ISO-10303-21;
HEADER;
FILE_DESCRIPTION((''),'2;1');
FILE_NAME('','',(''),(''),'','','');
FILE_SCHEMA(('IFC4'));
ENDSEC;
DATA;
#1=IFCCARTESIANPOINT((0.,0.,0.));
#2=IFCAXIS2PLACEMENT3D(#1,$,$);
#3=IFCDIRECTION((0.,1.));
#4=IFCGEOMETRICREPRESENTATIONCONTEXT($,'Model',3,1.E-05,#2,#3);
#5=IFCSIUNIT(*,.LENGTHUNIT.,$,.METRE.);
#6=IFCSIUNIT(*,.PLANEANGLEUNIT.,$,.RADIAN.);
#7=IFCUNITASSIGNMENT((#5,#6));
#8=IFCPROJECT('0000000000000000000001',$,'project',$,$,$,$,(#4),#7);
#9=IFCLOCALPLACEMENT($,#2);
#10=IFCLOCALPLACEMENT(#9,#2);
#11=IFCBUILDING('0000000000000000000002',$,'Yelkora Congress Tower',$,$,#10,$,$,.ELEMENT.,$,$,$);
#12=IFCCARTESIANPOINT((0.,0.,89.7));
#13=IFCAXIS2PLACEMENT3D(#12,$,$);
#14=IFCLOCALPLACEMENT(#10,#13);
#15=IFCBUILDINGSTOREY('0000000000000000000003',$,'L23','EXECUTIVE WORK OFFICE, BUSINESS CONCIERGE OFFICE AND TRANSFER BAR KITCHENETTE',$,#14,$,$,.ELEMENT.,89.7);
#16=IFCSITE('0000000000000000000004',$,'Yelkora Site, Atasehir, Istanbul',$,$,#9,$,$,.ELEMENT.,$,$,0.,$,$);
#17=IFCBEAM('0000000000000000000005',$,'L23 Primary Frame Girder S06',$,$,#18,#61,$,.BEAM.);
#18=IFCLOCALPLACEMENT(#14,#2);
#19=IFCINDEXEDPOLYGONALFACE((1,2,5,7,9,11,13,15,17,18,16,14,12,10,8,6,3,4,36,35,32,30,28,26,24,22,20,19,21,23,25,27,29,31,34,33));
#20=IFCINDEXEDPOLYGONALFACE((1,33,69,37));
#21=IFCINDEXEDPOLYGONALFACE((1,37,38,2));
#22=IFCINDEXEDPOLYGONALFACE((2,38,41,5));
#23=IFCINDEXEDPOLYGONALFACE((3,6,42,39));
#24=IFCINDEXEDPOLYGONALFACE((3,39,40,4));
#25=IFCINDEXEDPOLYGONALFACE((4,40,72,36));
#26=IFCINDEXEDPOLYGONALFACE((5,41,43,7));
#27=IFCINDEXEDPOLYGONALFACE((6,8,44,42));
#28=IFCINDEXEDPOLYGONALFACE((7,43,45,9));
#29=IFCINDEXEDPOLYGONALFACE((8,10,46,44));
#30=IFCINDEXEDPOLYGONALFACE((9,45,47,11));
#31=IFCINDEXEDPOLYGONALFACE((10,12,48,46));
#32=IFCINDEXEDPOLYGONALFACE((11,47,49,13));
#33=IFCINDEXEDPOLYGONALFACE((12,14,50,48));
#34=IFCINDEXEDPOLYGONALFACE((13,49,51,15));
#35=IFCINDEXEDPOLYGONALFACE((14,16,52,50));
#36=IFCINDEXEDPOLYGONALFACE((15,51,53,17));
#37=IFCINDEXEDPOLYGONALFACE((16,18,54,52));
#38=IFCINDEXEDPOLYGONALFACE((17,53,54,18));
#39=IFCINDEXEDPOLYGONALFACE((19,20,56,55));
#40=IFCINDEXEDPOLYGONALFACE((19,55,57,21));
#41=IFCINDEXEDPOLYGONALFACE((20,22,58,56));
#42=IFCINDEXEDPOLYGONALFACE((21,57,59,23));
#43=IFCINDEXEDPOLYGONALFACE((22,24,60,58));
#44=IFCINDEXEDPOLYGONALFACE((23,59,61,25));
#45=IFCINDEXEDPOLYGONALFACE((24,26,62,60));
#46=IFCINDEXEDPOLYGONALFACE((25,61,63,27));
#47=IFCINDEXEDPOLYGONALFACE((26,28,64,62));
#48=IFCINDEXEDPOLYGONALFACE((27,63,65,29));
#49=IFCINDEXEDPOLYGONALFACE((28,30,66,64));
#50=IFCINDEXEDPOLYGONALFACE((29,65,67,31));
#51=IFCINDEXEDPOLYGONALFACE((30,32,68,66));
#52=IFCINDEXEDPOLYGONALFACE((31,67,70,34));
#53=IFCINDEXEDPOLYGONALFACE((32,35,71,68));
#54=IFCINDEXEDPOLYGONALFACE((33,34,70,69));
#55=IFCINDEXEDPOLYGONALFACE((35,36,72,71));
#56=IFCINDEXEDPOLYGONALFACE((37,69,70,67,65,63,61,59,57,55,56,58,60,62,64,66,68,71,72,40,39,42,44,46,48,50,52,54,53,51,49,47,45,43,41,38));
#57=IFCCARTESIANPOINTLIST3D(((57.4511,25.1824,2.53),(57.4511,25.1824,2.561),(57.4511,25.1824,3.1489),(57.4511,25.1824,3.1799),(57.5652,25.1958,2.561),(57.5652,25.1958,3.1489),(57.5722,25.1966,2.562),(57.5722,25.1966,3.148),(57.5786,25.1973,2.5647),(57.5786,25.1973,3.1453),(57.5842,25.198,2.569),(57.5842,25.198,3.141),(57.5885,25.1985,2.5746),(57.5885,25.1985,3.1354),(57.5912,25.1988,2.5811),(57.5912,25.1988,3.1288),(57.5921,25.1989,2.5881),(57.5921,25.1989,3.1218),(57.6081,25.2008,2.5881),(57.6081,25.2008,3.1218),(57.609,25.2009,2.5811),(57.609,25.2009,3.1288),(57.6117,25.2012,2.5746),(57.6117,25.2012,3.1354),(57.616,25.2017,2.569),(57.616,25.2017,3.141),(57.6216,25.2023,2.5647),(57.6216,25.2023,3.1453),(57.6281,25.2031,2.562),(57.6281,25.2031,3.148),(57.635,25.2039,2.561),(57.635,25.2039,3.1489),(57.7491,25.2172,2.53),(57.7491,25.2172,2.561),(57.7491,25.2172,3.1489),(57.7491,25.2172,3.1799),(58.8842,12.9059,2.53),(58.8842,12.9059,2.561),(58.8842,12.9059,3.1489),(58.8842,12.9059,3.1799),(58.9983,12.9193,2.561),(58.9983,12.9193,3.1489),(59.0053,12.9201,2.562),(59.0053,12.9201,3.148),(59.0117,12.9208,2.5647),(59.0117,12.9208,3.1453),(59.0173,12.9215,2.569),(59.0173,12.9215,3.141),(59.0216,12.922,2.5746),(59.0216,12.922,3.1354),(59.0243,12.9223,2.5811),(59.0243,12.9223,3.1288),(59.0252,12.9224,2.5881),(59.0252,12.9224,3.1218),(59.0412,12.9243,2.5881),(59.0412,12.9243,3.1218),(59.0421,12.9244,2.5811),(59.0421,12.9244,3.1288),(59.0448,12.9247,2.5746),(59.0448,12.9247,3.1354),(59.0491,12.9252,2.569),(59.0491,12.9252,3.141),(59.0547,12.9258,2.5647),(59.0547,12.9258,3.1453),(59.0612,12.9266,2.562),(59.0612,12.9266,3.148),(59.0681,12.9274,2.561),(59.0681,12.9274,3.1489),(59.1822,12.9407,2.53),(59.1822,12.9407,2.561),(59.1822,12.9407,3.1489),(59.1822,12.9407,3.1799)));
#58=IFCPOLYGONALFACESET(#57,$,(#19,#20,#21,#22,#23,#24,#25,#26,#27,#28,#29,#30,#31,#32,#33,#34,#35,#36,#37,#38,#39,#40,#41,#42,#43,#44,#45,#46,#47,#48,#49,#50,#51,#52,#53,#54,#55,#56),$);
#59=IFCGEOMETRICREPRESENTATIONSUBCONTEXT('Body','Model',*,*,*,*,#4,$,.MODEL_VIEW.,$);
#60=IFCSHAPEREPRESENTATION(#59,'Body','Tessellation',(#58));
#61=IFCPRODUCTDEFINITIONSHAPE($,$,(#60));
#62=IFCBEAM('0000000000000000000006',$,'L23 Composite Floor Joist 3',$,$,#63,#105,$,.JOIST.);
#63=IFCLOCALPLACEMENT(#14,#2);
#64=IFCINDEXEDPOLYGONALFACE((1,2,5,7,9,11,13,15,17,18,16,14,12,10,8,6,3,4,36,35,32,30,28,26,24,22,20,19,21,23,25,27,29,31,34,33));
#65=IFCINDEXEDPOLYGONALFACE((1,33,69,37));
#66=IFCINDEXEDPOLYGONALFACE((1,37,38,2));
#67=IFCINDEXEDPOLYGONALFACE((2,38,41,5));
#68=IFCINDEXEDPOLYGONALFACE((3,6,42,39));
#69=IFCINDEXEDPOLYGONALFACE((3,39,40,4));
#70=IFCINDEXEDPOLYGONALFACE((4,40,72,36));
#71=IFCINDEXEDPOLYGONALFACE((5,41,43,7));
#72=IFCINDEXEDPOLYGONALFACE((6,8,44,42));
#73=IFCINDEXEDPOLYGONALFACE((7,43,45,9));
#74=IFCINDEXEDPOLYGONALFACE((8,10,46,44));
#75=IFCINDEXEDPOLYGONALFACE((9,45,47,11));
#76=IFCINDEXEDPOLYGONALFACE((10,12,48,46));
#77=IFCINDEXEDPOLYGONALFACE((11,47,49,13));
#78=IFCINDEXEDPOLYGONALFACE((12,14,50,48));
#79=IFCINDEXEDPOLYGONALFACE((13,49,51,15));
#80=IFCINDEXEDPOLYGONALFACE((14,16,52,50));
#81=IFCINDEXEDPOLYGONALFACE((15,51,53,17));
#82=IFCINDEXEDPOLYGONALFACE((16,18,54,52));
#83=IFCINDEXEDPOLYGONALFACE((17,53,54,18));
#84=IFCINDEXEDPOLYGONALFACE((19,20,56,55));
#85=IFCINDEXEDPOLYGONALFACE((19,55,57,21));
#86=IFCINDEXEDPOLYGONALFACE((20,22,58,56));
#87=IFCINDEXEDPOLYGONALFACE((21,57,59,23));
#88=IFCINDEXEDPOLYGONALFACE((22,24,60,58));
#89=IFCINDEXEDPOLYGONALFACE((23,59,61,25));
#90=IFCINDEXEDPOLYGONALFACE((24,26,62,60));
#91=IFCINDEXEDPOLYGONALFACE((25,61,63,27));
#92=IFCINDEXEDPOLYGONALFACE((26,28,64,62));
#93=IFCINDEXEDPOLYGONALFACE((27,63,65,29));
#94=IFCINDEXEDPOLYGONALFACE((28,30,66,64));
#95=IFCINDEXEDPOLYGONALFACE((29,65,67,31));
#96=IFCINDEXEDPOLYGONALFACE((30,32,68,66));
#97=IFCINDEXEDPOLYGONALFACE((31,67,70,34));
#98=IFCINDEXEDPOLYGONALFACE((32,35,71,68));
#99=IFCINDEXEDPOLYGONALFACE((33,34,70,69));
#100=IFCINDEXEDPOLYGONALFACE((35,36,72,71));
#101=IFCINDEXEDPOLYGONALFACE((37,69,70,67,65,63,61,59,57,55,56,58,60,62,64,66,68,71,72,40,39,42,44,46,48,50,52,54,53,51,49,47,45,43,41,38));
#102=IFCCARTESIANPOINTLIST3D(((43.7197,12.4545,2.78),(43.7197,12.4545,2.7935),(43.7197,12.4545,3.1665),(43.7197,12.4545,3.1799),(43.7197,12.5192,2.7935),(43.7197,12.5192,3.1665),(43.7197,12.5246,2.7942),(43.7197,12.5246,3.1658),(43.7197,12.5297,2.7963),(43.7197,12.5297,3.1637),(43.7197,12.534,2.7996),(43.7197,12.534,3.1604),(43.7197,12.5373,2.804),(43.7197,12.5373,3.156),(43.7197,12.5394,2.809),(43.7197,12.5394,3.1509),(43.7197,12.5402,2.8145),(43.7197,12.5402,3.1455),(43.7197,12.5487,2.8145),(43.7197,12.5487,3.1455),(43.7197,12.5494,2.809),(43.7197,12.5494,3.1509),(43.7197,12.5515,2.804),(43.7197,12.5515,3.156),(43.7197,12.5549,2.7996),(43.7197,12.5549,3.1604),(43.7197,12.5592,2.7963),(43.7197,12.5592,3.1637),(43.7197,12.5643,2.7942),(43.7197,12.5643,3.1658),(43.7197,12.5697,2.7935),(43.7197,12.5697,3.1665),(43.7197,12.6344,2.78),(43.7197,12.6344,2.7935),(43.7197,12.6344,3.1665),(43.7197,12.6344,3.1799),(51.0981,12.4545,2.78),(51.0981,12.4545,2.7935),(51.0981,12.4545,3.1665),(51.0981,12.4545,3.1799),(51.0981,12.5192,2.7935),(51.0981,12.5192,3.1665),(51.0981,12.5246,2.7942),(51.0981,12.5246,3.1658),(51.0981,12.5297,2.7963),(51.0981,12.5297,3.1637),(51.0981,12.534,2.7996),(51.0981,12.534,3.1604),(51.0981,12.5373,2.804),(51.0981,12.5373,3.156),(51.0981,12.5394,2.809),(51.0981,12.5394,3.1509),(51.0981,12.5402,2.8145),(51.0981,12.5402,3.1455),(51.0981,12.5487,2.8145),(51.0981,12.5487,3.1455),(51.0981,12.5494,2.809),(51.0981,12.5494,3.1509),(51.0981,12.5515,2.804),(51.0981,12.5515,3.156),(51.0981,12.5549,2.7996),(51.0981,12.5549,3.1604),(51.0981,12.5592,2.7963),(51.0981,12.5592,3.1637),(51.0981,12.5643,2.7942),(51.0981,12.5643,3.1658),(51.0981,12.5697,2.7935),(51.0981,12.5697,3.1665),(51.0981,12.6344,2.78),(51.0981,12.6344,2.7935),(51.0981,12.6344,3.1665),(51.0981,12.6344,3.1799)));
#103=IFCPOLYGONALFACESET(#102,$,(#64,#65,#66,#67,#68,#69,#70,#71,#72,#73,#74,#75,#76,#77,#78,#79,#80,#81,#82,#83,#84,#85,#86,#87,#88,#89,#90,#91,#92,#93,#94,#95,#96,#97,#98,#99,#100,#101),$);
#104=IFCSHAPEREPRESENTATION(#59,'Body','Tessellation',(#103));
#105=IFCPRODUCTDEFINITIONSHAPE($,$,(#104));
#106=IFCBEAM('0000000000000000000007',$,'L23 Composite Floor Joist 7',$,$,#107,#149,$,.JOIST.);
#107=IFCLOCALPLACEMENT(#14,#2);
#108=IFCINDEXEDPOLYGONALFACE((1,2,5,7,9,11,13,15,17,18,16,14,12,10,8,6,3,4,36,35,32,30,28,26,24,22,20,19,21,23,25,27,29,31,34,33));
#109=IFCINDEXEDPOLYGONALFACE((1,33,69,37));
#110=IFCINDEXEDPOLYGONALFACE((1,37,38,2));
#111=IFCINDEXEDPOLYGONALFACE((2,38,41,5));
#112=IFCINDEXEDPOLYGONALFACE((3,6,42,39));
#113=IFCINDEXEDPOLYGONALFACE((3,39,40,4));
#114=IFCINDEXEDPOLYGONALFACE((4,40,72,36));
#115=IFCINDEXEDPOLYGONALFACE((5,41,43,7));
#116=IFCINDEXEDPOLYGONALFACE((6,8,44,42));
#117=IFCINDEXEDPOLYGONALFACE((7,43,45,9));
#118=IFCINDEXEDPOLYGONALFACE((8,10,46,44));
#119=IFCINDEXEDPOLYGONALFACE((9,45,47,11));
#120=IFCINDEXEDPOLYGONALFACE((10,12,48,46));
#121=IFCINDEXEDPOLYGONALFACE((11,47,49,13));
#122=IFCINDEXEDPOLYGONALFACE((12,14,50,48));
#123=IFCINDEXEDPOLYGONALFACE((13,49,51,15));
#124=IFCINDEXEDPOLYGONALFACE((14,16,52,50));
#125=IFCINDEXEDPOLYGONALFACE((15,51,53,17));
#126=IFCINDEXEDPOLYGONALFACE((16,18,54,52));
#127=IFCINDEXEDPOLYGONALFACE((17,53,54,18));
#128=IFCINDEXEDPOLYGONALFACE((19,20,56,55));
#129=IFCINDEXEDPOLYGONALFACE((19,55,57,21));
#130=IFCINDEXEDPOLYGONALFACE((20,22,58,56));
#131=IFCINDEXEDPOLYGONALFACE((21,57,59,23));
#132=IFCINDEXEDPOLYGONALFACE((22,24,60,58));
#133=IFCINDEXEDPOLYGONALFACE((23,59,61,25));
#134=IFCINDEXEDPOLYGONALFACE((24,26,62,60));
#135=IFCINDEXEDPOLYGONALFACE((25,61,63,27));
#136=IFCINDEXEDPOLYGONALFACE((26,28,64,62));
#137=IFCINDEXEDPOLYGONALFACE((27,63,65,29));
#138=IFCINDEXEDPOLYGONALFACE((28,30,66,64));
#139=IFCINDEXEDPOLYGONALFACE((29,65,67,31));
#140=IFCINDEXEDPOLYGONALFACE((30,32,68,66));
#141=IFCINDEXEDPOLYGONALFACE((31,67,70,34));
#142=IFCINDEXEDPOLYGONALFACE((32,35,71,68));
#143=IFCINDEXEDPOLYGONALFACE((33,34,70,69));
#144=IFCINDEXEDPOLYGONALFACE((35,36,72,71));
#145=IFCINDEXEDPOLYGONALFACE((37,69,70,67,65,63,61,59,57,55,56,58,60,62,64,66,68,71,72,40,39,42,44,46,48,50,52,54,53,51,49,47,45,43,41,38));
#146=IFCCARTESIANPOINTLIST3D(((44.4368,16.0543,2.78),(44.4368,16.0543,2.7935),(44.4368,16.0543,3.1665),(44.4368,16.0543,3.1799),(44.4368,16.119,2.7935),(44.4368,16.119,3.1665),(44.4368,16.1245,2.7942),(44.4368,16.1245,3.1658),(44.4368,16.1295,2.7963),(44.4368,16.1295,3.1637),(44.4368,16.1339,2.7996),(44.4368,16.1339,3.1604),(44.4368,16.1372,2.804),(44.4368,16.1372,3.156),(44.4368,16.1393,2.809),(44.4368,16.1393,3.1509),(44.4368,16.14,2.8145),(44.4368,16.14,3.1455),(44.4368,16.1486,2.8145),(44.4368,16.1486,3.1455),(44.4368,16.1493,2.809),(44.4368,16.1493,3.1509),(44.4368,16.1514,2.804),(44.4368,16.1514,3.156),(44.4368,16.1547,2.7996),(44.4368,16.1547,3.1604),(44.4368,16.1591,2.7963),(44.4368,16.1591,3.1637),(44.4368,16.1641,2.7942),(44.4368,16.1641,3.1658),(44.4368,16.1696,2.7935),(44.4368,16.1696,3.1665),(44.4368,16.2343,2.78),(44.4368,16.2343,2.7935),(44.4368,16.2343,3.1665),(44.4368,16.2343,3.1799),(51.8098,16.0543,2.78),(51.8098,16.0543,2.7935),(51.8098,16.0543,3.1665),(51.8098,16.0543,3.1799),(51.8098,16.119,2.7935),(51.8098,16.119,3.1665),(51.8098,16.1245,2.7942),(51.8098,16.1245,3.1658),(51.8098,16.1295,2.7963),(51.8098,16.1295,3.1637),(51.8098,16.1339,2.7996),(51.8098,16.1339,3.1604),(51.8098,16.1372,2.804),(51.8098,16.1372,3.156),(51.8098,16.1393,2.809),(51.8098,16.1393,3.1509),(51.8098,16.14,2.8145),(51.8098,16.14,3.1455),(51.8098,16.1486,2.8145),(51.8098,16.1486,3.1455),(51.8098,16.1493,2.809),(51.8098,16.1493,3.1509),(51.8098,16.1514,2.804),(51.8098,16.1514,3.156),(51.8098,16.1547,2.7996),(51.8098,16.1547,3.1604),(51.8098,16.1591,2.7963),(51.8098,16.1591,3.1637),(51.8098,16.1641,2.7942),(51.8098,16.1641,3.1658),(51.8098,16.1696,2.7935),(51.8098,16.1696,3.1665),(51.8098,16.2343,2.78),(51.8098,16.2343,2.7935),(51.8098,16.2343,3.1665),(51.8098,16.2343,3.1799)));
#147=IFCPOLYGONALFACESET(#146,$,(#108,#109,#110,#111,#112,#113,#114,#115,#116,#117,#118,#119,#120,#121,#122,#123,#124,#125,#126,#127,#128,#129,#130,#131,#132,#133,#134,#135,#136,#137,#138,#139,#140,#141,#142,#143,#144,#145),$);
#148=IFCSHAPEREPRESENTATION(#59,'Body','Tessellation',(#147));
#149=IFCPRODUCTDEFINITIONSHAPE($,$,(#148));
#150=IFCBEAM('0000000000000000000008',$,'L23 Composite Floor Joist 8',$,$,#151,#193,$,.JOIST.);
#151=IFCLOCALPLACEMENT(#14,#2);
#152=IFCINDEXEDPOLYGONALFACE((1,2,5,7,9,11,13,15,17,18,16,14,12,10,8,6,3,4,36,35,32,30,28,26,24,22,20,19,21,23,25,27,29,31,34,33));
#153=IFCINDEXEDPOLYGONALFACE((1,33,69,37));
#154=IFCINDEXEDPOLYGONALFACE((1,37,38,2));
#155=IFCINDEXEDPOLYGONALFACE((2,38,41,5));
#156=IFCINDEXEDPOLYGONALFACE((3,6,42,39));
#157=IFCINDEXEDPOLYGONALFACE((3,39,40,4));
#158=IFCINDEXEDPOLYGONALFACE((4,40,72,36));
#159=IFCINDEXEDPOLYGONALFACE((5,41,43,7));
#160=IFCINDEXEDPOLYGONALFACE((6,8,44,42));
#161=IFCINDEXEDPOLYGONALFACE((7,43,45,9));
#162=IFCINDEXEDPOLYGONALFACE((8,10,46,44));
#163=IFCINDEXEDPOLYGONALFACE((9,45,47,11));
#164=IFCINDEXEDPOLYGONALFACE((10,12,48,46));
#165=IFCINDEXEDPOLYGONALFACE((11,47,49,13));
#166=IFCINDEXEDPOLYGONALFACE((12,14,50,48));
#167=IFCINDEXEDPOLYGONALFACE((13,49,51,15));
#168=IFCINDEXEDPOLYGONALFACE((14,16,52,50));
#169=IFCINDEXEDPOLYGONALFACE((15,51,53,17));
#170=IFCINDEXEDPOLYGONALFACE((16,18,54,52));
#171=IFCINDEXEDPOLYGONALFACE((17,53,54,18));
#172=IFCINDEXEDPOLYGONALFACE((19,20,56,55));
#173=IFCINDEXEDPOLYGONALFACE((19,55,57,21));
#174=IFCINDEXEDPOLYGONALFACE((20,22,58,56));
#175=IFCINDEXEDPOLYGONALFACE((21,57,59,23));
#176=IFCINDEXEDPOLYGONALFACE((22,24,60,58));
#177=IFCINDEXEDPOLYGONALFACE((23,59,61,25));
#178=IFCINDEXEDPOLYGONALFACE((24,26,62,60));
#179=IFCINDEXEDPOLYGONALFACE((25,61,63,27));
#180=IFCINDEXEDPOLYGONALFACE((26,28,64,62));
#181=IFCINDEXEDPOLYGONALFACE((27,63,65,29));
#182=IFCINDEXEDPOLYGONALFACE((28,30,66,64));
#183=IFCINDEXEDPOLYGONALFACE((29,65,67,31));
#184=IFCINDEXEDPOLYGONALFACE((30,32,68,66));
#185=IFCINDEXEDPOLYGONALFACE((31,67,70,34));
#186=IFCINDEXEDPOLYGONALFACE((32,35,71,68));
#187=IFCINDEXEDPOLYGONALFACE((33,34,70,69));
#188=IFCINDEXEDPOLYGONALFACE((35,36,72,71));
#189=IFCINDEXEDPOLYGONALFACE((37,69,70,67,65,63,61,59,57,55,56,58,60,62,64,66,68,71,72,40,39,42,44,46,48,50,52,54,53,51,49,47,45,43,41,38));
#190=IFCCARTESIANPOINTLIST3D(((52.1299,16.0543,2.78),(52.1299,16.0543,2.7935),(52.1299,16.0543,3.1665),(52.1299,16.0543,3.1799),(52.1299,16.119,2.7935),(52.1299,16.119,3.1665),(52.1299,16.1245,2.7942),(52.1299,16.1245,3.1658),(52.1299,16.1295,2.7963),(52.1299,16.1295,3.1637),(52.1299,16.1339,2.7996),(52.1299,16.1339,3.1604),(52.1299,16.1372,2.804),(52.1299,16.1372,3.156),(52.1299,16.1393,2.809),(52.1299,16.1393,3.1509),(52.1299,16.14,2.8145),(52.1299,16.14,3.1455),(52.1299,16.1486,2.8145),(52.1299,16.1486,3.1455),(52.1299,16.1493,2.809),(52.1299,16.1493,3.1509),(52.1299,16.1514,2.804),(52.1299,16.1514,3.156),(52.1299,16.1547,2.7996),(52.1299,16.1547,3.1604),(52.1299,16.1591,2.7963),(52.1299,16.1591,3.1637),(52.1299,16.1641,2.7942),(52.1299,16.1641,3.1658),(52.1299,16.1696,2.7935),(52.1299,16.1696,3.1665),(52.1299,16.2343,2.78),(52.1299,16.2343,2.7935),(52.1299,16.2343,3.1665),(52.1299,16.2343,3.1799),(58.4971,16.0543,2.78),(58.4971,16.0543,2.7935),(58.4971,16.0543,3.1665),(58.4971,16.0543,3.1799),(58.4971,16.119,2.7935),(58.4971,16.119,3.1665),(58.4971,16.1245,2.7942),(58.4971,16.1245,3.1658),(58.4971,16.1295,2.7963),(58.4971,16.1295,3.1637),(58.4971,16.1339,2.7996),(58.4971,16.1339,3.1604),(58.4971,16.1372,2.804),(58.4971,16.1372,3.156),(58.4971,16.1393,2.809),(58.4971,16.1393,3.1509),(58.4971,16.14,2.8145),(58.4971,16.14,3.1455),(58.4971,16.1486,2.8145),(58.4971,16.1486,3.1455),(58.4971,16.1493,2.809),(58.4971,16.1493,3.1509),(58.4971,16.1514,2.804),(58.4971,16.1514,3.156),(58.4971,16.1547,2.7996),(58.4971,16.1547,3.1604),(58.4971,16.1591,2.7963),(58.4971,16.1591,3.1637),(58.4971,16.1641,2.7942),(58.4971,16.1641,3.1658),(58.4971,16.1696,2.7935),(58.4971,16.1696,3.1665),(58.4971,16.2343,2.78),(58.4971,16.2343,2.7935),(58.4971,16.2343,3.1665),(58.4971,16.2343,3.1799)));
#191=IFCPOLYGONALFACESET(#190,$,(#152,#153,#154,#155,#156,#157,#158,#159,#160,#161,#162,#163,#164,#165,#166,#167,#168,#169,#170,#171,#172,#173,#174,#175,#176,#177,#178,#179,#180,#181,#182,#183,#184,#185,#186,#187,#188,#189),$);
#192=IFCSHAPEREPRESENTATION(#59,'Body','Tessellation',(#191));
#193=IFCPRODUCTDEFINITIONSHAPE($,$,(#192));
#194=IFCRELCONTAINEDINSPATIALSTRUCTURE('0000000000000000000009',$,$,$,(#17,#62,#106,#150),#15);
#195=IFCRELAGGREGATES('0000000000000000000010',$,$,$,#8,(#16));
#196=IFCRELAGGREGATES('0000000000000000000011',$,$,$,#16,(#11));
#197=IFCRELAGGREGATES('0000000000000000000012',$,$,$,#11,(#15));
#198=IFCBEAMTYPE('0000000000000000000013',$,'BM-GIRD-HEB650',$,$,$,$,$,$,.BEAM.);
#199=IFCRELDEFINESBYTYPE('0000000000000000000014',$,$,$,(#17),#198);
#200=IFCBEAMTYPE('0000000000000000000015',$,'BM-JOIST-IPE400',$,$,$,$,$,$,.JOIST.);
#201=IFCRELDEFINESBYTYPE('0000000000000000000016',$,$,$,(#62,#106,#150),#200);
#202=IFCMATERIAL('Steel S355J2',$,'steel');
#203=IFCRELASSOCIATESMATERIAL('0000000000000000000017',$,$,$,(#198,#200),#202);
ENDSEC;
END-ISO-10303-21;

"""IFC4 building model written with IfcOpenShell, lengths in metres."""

from ifc_helpers import new_model, si_unit, direction, frame, origin, origin_2d, place, context, subcontext, project, spatial, i_section, extrude, material, material_profile, profile_set, type_object, element, save


model = new_model("IFC4")

# Units and contexts
model_context = context("Model", 3, precision=1e-05, world=origin(), true_north=direction((0.0, 1.0)))
body_context = subcontext(model_context, "Body", "Model", "MODEL_VIEW")
ifc_project = project(units=[si_unit("LENGTHUNIT", "METRE"), si_unit("PLANEANGLEUNIT", "RADIAN")], contexts=[model_context])

# Site, building, storey
site_placement = place(None, origin())
site = spatial("IfcSite", under=ifc_project, at=site_placement, Name="Yelkora Site, Atasehir, Istanbul", CompositionType="ELEMENT", RefElevation=0.0)
building_placement = place(site_placement, origin())
building = spatial("IfcBuilding", under=site, at=building_placement, Name="Yelkora Congress Tower", CompositionType="ELEMENT")
storey_placement = place(building_placement, frame((0.0, 0.0, 89.7)))
storey = spatial("IfcBuildingStorey", under=building, at=storey_placement, Name="L23", Description="EXECUTIVE WORK OFFICE, BUSINESS CONCIERGE OFFICE AND TRANSFER BAR KITCHENETTE", CompositionType="ELEMENT", Elevation=89.7)

# Beams
ifc_material_1 = material(Name="Steel S355J2", Category="steel")
ifc_material_profile_1 = material_profile(ifc_material_1, i_section(OverallWidth=0.3, OverallDepth=0.6499, WebThickness=0.0161, FlangeThickness=0.031, FilletRadius=0.0271, at=origin_2d()), Name="HEB 650")
ifc_profile_set_1 = profile_set([ifc_material_profile_1], Name="Steel S355J2")
beam_type_1 = type_object("IfcBeamType", Name="BM-GIRD-HEB650", PredefinedType="BEAM", material=ifc_profile_set_1)
beam_1_placement = place(storey_placement, frame((59.0332, 12.9233, 2.855), z_axis=(-0.115947, 0.993255, 0.0), x_axis=(-0.993255, -0.115947, 0.0)))
element("IfcBeam", 1, at=beam_1_placement, inside=storey, type_object=beam_type_1, Name="L23 Primary Frame Girder S06", PredefinedType="BEAM", context=body_context, shape_type="SweptSolid", body=[
    extrude(i_section(OverallWidth=0.3, OverallDepth=0.6499, WebThickness=0.0161, FlangeThickness=0.031, FilletRadius=0.0271, at=origin_2d()), origin(), (0.0, 0.0, 1.0), 12.3599),
])
ifc_material_profile_2 = material_profile(ifc_material_1, i_section(OverallWidth=0.1799, OverallDepth=0.3999, WebThickness=0.0085, FlangeThickness=0.0134, FilletRadius=0.021, at=origin_2d()), Name="IPE 400")
ifc_profile_set_2 = profile_set([ifc_material_profile_2], Name="Steel S355J2")
beam_type_2 = type_object("IfcBeamType", Name="BM-JOIST-IPE400", PredefinedType="JOIST", material=ifc_profile_set_2)
beam_2_placement = place(storey_placement, frame((43.7197, 12.5444, 2.98), z_axis=(1.0, 0.0, 0.0), x_axis=(0.0, 1.0, 0.0)))
element("IfcBeam", 2, at=beam_2_placement, inside=storey, type_object=beam_type_2, Name="L23 Composite Floor Joist 3", PredefinedType="JOIST", context=body_context, shape_type="SweptSolid", body=[
    extrude(i_section(OverallWidth=0.1799, OverallDepth=0.3999, WebThickness=0.0085, FlangeThickness=0.0134, FilletRadius=0.021, at=origin_2d()), origin(), (0.0, 0.0, 1.0), 7.3784),
])
beam_3_placement = place(storey_placement, frame((44.4368, 16.1443, 2.98), z_axis=(1.0, 0.0, 0.0), x_axis=(0.0, 1.0, 0.0)))
element("IfcBeam", 3, at=beam_3_placement, inside=storey, type_object=beam_type_2, Name="L23 Composite Floor Joist 7", PredefinedType="JOIST", context=body_context, shape_type="SweptSolid", body=[
    extrude(i_section(OverallWidth=0.1799, OverallDepth=0.3999, WebThickness=0.0085, FlangeThickness=0.0134, FilletRadius=0.021, at=origin_2d()), origin(), (0.0, 0.0, 1.0), 7.373),
])
beam_4_placement = place(storey_placement, frame((52.1299, 16.1443, 2.98), z_axis=(1.0, 0.0, 0.0), x_axis=(0.0, 1.0, 0.0)))
element("IfcBeam", 4, at=beam_4_placement, inside=storey, type_object=beam_type_2, Name="L23 Composite Floor Joist 8", PredefinedType="JOIST", context=body_context, shape_type="SweptSolid", body=[
    extrude(i_section(OverallWidth=0.1799, OverallDepth=0.3999, WebThickness=0.0085, FlangeThickness=0.0134, FilletRadius=0.021, at=origin_2d()), origin(), (0.0, 0.0, 1.0), 6.3672),
])

save(model, "model.ifc")
